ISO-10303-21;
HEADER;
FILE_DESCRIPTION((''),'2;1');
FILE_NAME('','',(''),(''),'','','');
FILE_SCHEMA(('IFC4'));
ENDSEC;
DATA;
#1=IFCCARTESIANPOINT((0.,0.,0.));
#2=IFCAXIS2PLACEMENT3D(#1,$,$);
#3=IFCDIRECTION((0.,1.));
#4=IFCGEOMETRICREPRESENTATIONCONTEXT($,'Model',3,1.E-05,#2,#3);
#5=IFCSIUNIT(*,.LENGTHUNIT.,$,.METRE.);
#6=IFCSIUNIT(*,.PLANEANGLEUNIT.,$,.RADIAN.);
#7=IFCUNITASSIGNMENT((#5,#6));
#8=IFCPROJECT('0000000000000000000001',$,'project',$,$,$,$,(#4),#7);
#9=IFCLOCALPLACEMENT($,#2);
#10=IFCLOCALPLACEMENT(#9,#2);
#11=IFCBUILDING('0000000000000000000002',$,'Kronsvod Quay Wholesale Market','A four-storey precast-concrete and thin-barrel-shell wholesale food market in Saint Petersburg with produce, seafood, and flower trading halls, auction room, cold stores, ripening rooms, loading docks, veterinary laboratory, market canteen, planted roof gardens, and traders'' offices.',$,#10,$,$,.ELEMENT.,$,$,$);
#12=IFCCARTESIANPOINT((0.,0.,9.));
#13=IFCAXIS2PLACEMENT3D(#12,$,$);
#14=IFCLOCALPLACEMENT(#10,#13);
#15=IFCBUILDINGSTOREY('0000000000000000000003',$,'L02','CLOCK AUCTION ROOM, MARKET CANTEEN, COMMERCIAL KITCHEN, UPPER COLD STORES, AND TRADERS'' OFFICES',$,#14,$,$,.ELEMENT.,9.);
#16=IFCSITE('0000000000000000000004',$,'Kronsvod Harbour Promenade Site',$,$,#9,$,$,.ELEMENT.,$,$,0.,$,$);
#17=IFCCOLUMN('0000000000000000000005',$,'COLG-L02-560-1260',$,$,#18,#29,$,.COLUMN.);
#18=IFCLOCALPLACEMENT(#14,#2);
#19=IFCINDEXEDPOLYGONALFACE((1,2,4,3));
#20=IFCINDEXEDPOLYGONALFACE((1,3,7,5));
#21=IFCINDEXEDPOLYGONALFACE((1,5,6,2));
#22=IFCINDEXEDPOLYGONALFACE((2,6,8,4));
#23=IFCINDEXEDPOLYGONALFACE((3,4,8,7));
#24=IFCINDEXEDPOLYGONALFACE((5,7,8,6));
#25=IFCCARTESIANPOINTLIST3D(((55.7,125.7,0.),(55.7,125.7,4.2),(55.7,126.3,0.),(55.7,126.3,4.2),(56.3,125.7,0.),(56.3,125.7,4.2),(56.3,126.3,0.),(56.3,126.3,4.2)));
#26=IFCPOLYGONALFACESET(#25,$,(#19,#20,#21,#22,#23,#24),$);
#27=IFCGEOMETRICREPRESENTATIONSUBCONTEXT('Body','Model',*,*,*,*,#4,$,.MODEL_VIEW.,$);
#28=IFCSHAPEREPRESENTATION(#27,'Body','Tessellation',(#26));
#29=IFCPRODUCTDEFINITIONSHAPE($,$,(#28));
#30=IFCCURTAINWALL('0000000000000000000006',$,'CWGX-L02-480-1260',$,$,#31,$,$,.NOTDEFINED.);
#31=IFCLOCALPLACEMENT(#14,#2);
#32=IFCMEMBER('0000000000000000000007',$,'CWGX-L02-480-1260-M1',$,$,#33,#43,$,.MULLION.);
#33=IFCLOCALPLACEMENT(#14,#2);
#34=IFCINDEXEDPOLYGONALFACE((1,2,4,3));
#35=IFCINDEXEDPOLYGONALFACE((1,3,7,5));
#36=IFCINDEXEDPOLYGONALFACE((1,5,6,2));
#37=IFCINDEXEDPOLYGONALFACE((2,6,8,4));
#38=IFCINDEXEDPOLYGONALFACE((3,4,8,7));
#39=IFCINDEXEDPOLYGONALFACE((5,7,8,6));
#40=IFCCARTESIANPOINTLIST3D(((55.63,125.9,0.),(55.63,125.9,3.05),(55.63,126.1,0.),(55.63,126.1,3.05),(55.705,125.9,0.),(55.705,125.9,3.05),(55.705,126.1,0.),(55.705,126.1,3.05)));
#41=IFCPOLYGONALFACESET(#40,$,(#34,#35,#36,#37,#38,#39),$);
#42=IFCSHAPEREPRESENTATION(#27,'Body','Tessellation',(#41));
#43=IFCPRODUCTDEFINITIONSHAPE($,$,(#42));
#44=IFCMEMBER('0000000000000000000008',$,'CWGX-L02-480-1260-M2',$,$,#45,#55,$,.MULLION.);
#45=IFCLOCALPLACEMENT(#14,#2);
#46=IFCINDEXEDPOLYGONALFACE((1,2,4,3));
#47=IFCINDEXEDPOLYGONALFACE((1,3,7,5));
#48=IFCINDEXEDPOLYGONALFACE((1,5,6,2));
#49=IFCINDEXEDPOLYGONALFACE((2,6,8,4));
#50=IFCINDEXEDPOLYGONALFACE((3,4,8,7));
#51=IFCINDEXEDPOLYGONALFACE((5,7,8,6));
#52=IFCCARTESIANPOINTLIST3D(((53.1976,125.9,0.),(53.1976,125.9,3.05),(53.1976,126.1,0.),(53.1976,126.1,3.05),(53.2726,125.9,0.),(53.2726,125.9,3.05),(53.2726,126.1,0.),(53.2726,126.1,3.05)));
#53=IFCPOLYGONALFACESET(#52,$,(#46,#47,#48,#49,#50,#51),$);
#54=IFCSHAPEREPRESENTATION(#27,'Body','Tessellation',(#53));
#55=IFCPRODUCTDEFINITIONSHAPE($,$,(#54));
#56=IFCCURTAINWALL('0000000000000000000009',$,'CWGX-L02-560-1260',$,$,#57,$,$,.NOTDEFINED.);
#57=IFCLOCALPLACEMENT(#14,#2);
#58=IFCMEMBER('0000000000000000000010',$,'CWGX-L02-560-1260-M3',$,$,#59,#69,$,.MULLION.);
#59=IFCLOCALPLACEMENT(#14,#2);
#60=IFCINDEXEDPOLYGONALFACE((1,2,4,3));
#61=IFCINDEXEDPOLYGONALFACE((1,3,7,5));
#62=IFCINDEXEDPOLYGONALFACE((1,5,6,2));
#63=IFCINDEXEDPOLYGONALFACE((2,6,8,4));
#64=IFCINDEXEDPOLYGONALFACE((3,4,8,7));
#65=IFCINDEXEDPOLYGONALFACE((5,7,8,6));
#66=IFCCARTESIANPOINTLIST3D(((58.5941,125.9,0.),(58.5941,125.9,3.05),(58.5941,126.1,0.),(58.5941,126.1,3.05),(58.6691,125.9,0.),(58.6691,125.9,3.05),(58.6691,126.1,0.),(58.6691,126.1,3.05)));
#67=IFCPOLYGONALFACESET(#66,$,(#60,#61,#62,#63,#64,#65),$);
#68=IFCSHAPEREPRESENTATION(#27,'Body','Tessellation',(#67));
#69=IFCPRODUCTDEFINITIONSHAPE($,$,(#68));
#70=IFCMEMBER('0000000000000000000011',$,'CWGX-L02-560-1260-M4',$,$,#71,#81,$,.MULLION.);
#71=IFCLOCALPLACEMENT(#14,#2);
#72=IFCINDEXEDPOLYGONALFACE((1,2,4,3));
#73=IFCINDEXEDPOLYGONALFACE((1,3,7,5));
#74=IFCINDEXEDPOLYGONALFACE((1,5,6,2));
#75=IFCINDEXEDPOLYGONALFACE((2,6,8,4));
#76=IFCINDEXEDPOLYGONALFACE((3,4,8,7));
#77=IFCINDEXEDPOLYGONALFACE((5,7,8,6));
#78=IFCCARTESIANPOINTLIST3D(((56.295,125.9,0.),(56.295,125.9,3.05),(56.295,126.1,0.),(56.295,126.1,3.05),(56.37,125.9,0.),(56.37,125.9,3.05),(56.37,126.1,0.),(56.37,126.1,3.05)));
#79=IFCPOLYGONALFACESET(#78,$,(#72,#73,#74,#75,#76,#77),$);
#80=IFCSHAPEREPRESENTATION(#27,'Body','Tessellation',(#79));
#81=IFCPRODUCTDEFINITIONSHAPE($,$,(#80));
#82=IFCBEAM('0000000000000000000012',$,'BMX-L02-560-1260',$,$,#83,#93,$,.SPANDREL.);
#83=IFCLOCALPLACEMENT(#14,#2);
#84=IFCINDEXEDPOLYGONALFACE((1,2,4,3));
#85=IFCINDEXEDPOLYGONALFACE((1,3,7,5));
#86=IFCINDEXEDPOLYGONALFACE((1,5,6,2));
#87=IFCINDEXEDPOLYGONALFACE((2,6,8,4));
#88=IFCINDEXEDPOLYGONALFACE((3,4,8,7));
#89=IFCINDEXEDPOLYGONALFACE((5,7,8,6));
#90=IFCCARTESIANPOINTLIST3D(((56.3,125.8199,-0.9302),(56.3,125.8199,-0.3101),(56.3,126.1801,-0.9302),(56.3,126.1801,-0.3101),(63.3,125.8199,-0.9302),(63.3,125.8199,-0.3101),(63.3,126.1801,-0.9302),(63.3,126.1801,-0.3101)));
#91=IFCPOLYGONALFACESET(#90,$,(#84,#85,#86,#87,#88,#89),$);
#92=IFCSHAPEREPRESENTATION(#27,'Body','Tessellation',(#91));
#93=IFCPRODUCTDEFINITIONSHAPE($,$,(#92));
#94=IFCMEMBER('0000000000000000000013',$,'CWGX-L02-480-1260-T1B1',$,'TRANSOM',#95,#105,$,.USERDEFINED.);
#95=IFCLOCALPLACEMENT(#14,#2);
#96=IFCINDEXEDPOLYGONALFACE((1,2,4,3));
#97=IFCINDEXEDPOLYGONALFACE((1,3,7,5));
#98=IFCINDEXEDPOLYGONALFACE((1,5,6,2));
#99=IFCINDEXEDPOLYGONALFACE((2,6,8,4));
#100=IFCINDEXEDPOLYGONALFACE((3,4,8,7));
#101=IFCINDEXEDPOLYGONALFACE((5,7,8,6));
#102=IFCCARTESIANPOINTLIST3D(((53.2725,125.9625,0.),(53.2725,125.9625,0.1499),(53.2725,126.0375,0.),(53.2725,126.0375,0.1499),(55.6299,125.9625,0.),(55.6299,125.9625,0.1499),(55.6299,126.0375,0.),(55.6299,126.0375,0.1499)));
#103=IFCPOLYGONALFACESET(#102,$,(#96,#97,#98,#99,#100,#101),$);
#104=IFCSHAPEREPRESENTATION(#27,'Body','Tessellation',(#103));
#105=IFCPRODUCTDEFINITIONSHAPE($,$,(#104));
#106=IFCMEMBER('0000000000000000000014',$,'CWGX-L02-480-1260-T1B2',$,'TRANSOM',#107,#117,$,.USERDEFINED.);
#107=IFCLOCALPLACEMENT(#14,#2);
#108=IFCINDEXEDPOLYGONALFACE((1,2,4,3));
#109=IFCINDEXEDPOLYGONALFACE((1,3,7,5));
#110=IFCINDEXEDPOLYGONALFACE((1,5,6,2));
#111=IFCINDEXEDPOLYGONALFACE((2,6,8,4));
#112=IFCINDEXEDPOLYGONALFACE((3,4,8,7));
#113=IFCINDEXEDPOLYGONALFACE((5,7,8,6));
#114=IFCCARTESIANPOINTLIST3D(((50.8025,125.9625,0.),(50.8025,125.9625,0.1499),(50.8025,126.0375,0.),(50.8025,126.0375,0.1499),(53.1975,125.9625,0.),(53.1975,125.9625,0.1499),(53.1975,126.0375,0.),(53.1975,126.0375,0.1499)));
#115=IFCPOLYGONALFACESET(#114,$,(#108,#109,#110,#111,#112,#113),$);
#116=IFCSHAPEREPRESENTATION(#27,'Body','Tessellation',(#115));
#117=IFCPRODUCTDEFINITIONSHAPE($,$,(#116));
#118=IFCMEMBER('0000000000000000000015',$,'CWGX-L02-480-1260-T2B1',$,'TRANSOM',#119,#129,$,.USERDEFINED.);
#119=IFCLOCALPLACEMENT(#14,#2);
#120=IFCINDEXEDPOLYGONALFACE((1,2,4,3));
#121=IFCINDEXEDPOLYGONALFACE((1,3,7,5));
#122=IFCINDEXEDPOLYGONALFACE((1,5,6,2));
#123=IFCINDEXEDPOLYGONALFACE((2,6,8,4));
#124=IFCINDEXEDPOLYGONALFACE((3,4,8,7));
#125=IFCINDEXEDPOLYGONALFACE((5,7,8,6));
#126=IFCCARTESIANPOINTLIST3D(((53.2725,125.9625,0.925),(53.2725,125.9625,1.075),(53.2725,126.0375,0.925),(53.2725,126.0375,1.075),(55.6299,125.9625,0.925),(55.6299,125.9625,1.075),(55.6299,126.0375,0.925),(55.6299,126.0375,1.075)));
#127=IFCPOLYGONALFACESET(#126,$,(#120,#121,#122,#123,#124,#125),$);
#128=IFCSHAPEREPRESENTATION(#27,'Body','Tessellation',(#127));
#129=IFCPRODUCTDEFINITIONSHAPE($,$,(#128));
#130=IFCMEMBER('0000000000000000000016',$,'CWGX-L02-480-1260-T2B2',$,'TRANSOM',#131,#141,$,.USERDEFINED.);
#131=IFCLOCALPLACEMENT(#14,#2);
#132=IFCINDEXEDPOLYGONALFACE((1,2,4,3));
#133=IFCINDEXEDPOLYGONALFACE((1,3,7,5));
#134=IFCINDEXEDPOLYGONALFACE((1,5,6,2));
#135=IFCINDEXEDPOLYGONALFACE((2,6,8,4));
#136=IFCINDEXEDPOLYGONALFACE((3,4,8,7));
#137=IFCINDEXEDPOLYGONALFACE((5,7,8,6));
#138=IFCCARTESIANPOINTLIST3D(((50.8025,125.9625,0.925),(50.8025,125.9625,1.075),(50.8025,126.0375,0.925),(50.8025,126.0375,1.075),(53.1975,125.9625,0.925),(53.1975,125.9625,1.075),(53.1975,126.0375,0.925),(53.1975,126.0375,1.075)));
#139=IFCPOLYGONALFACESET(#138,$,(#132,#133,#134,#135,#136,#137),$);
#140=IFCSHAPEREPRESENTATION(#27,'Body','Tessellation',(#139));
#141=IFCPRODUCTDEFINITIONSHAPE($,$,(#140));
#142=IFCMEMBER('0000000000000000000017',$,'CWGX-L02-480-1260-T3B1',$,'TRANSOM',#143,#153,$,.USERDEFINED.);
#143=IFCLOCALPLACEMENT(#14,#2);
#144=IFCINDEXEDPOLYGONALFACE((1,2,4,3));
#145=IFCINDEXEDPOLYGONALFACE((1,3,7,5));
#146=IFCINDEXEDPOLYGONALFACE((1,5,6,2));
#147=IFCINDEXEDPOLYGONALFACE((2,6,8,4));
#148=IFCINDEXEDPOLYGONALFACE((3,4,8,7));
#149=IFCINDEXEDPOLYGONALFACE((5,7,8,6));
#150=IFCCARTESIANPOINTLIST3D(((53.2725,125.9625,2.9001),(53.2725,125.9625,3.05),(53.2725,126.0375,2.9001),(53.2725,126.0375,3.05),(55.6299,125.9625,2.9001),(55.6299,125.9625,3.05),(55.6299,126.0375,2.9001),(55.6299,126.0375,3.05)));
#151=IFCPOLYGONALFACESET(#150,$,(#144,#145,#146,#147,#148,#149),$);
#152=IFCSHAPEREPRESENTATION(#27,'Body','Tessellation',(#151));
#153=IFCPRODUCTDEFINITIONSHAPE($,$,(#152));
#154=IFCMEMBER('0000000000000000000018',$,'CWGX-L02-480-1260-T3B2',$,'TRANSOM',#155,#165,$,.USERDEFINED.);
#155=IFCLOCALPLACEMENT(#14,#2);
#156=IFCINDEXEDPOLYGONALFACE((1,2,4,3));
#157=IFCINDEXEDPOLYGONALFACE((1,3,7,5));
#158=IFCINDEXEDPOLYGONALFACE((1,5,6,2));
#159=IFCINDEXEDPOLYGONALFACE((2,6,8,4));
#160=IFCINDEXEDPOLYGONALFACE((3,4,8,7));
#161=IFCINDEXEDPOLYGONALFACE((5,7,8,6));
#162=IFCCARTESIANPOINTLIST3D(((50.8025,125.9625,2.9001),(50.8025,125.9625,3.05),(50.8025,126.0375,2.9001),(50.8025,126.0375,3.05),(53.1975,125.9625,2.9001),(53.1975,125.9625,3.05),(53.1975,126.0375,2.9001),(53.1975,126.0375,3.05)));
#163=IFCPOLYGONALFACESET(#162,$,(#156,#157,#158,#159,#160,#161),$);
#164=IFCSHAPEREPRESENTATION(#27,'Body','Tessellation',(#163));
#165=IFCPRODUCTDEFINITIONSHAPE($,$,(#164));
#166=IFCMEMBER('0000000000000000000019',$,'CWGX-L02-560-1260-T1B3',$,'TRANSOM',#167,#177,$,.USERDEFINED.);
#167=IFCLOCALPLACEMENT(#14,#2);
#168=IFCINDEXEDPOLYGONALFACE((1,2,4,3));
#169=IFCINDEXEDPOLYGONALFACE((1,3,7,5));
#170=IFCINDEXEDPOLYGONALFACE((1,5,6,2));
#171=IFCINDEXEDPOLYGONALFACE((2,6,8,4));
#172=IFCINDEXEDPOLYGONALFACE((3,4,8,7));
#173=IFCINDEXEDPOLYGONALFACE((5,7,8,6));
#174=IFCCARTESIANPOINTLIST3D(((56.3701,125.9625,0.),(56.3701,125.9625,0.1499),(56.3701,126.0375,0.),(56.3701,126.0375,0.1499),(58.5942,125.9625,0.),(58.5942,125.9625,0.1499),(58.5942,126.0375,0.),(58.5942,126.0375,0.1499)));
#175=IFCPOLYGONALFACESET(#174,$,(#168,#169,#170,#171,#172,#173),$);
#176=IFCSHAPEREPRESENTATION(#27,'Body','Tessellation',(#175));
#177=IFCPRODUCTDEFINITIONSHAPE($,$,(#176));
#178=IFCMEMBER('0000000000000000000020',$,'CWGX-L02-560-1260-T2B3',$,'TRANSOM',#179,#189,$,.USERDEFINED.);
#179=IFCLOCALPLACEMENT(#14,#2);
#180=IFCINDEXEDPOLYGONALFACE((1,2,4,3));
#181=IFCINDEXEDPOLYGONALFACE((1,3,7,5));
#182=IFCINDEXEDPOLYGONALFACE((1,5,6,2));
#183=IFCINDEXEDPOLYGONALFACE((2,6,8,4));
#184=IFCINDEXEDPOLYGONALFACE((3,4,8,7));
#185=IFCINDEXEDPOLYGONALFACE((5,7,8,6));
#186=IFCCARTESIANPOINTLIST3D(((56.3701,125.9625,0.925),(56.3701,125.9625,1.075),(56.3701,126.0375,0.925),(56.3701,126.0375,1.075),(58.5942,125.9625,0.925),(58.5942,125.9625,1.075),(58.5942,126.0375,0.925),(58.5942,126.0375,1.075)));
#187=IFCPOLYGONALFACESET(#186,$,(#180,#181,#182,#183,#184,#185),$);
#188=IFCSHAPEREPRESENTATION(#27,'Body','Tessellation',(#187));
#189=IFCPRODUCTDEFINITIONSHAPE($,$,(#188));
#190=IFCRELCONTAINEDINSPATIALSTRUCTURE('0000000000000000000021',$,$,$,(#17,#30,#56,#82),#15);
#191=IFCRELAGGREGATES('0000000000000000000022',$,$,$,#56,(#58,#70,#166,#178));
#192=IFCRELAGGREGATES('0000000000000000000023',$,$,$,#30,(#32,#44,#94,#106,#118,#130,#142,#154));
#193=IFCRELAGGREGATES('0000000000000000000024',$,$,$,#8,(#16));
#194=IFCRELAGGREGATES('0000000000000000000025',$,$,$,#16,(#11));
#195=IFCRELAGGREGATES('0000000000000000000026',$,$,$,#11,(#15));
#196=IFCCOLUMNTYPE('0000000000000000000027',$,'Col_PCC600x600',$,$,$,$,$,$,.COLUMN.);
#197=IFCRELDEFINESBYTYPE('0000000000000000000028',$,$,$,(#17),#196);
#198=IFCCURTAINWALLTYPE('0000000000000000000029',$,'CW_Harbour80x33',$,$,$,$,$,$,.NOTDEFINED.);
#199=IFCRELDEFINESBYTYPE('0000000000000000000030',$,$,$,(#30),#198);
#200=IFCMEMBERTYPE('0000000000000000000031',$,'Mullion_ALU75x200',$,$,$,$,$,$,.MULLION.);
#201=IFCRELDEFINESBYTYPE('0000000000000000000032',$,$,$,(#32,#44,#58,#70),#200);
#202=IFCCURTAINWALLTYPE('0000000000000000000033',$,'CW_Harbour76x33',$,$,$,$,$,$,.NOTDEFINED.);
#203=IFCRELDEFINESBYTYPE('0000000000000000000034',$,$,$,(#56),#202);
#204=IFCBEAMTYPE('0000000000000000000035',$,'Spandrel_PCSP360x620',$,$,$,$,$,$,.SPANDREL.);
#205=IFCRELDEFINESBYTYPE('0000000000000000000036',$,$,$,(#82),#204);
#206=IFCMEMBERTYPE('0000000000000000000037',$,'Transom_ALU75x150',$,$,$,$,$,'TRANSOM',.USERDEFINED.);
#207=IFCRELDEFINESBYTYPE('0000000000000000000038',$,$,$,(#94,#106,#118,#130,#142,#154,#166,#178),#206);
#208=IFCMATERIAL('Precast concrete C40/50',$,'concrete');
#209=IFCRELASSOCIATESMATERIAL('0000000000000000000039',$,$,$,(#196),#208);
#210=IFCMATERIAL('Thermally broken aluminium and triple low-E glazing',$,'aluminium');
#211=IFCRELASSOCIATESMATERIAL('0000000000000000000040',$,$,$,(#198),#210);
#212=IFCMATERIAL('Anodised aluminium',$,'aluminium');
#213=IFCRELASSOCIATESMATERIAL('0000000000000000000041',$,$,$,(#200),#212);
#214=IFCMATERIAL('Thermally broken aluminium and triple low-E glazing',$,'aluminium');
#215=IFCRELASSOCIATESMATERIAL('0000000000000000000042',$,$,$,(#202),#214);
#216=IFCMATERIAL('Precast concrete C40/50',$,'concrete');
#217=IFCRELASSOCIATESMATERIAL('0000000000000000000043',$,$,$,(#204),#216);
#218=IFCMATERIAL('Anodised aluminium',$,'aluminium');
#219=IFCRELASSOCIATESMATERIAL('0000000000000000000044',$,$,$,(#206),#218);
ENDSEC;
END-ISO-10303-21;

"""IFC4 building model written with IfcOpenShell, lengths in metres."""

from ifc_helpers import new_model, si_unit, direction, frame, origin, origin_2d, place, context, subcontext, project, spatial, rectangle, extrude, material, material_profile, profile_set, type_object, element, aggregate, save


model = new_model("IFC4")

# Units and contexts
model_context = context("Model", 3, precision=1e-05, world=origin(), true_north=direction((0.0, 1.0)))
body_context = subcontext(model_context, "Body", "Model", "MODEL_VIEW")
ifc_project = project(units=[si_unit("LENGTHUNIT", "METRE"), si_unit("PLANEANGLEUNIT", "RADIAN")], contexts=[model_context])

# Site, building, storey
site_placement = place(None, origin())
site = spatial("IfcSite", under=ifc_project, at=site_placement, Name="Kronsvod Harbour Promenade Site", CompositionType="ELEMENT", RefElevation=0.0)
building_placement = place(site_placement, origin())
building = spatial("IfcBuilding", under=site, at=building_placement, Name="Kronsvod Quay Wholesale Market", Description="A four-storey precast-concrete and thin-barrel-shell wholesale food market in Saint Petersburg with produce, seafood, and flower trading halls, auction room, cold stores, ripening rooms, loading docks, veterinary laboratory, market canteen, planted roof gardens, and traders' offices.", CompositionType="ELEMENT")
storey_placement = place(building_placement, frame((0.0, 0.0, 9.0)))
storey = spatial("IfcBuildingStorey", under=building, at=storey_placement, Name="L02", Description="CLOCK AUCTION ROOM, MARKET CANTEEN, COMMERCIAL KITCHEN, UPPER COLD STORES, AND TRADERS' OFFICES", CompositionType="ELEMENT", Elevation=9.0)

# Column
ifc_material_1 = material(Name="Precast concrete C40/50", Category="concrete")
ifc_material_profile_1 = material_profile(ifc_material_1, rectangle(XDim=0.6001, YDim=0.6001, at=origin_2d()), Name="PCC600x600")
ifc_profile_set_1 = profile_set([ifc_material_profile_1], Name="Precast concrete C40/50")
column_type = type_object("IfcColumnType", Name="Col_PCC600x600", PredefinedType="COLUMN", material=ifc_profile_set_1)
column_placement = place(storey_placement, frame((56.0, 126.0, 0.0), z_axis=(0.0, 0.0, 1.0), x_axis=(1.0, 0.0, 0.0)))
element("IfcColumn", 1, at=column_placement, inside=storey, type_object=column_type, Name="COLG-L02-560-1260", PredefinedType="COLUMN", context=body_context, shape_type="SweptSolid", body=[
    extrude(rectangle(XDim=0.6001, YDim=0.6001, at=origin_2d()), origin(), (0.0, 0.0, 1.0), 4.2),
])

# Curtain walls, members
ifc_material_2 = material(Name="Thermally broken aluminium and triple low-E glazing", Category="aluminium")
curtain_wall_type_1 = type_object("IfcCurtainWallType", Name="CW_Harbour80x33", PredefinedType="NOTDEFINED", material=ifc_material_2)
curtain_wall_1_placement = place(storey_placement, origin())
curtain_wall_1 = element("IfcCurtainWall", 2, at=curtain_wall_1_placement, inside=storey, type_object=curtain_wall_type_1, Name="CWGX-L02-480-1260", PredefinedType="NOTDEFINED")
ifc_material_3 = material(Name="Anodised aluminium", Category="aluminium")
ifc_material_profile_2 = material_profile(ifc_material_3, rectangle(XDim=0.075, YDim=0.2, at=origin_2d()), Name="ALUM75x200")
ifc_profile_set_2 = profile_set([ifc_material_profile_2], Name="Anodised aluminium")
member_type_1 = type_object("IfcMemberType", Name="Mullion_ALU75x200", PredefinedType="MULLION", material=ifc_profile_set_2)
member_1_placement = place(storey_placement, frame((55.6675, 126.0, 0.0), z_axis=(0.0, 0.0, 1.0), x_axis=(1.0, 0.0, 0.0)))
member_1 = element("IfcMember", 3, at=member_1_placement, type_object=member_type_1, Name="CWGX-L02-480-1260-M1", PredefinedType="MULLION", context=body_context, shape_type="SweptSolid", body=[
    extrude(rectangle(XDim=0.075, YDim=0.2, at=origin_2d()), origin(), (0.0, 0.0, 1.0), 3.05),
])
member_2_placement = place(storey_placement, frame((53.2351, 126.0, 0.0), z_axis=(0.0, 0.0, 1.0), x_axis=(1.0, 0.0, 0.0)))
member_2 = element("IfcMember", 4, at=member_2_placement, type_object=member_type_1, Name="CWGX-L02-480-1260-M2", PredefinedType="MULLION", context=body_context, shape_type="SweptSolid", body=[
    extrude(rectangle(XDim=0.075, YDim=0.2, at=origin_2d()), origin(), (0.0, 0.0, 1.0), 3.05),
])
ifc_material_4 = material(Name="Thermally broken aluminium and triple low-E glazing", Category="aluminium")
curtain_wall_type_2 = type_object("IfcCurtainWallType", Name="CW_Harbour76x33", PredefinedType="NOTDEFINED", material=ifc_material_4)
curtain_wall_2_placement = place(storey_placement, origin())
curtain_wall_2 = element("IfcCurtainWall", 5, at=curtain_wall_2_placement, inside=storey, type_object=curtain_wall_type_2, Name="CWGX-L02-560-1260", PredefinedType="NOTDEFINED")
member_3_placement = place(storey_placement, frame((58.6316, 126.0, 0.0), z_axis=(0.0, 0.0, 1.0), x_axis=(1.0, 0.0, 0.0)))
member_3 = element("IfcMember", 6, at=member_3_placement, type_object=member_type_1, Name="CWGX-L02-560-1260-M3", PredefinedType="MULLION", context=body_context, shape_type="SweptSolid", body=[
    extrude(rectangle(XDim=0.075, YDim=0.2, at=origin_2d()), origin(), (0.0, 0.0, 1.0), 3.05),
])
member_4_placement = place(storey_placement, frame((56.3325, 126.0, 0.0), z_axis=(0.0, 0.0, 1.0), x_axis=(1.0, 0.0, 0.0)))
member_4 = element("IfcMember", 7, at=member_4_placement, type_object=member_type_1, Name="CWGX-L02-560-1260-M4", PredefinedType="MULLION", context=body_context, shape_type="SweptSolid", body=[
    extrude(rectangle(XDim=0.075, YDim=0.2, at=origin_2d()), origin(), (0.0, 0.0, 1.0), 3.05),
])

# Beam
ifc_material_5 = material(Name="Precast concrete C40/50", Category="concrete")
ifc_material_profile_3 = material_profile(ifc_material_5, rectangle(XDim=0.3601, YDim=0.6201, at=origin_2d()), Name="SPB-02")
ifc_profile_set_3 = profile_set([ifc_material_profile_3], Name="Precast concrete C40/50")
beam_type = type_object("IfcBeamType", Name="Spandrel_PCSP360x620", PredefinedType="SPANDREL", material=ifc_profile_set_3)
beam_placement = place(storey_placement, frame((56.3, 126.0, -0.6201), z_axis=(1.0, 0.0, 0.0), x_axis=(0.0, 1.0, 0.0)))
element("IfcBeam", 8, at=beam_placement, inside=storey, type_object=beam_type, Name="BMX-L02-560-1260", PredefinedType="SPANDREL", context=body_context, shape_type="SweptSolid", body=[
    extrude(rectangle(XDim=0.3601, YDim=0.6201, at=origin_2d()), origin(), (0.0, 0.0, 1.0), 7.0),
])

# Members
ifc_material_6 = material(Name="Anodised aluminium", Category="aluminium")
ifc_material_profile_4 = material_profile(ifc_material_6, rectangle(XDim=0.075, YDim=0.1499, at=origin_2d()), Name="ALUT75x150")
ifc_profile_set_4 = profile_set([ifc_material_profile_4], Name="Anodised aluminium")
member_type_2 = type_object("IfcMemberType", Name="Transom_ALU75x150", ElementType="TRANSOM", PredefinedType="USERDEFINED", material=ifc_profile_set_4)
member_5_placement = place(storey_placement, frame((55.6299, 126.0, 0.075), z_axis=(-1.0, 0.0, 0.0), x_axis=(0.0, -1.0, 0.0)))
member_5 = element("IfcMember", 9, at=member_5_placement, type_object=member_type_2, Name="CWGX-L02-480-1260-T1B1", ObjectType="TRANSOM", PredefinedType="USERDEFINED", context=body_context, shape_type="SweptSolid", body=[
    extrude(rectangle(XDim=0.075, YDim=0.1499, at=origin_2d()), origin(), (0.0, 0.0, 1.0), 2.3574),
])
member_6_placement = place(storey_placement, frame((53.1975, 126.0, 0.075), z_axis=(-1.0, 0.0, 0.0), x_axis=(0.0, -1.0, 0.0)))
member_6 = element("IfcMember", 10, at=member_6_placement, type_object=member_type_2, Name="CWGX-L02-480-1260-T1B2", ObjectType="TRANSOM", PredefinedType="USERDEFINED", context=body_context, shape_type="SweptSolid", body=[
    extrude(rectangle(XDim=0.075, YDim=0.1499, at=origin_2d()), origin(), (0.0, 0.0, 1.0), 2.395),
])
member_7_placement = place(storey_placement, frame((55.6299, 126.0, 1.0), z_axis=(-1.0, 0.0, 0.0), x_axis=(0.0, -1.0, 0.0)))
member_7 = element("IfcMember", 11, at=member_7_placement, type_object=member_type_2, Name="CWGX-L02-480-1260-T2B1", ObjectType="TRANSOM", PredefinedType="USERDEFINED", context=body_context, shape_type="SweptSolid", body=[
    extrude(rectangle(XDim=0.075, YDim=0.1499, at=origin_2d()), origin(), (0.0, 0.0, 1.0), 2.3574),
])
member_8_placement = place(storey_placement, frame((53.1975, 126.0, 1.0), z_axis=(-1.0, 0.0, 0.0), x_axis=(0.0, -1.0, 0.0)))
member_8 = element("IfcMember", 12, at=member_8_placement, type_object=member_type_2, Name="CWGX-L02-480-1260-T2B2", ObjectType="TRANSOM", PredefinedType="USERDEFINED", context=body_context, shape_type="SweptSolid", body=[
    extrude(rectangle(XDim=0.075, YDim=0.1499, at=origin_2d()), origin(), (0.0, 0.0, 1.0), 2.395),
])
member_9_placement = place(storey_placement, frame((55.6299, 126.0, 2.9751), z_axis=(-1.0, 0.0, 0.0), x_axis=(0.0, -1.0, 0.0)))
member_9 = element("IfcMember", 13, at=member_9_placement, type_object=member_type_2, Name="CWGX-L02-480-1260-T3B1", ObjectType="TRANSOM", PredefinedType="USERDEFINED", context=body_context, shape_type="SweptSolid", body=[
    extrude(rectangle(XDim=0.075, YDim=0.1499, at=origin_2d()), origin(), (0.0, 0.0, 1.0), 2.3574),
])
member_10_placement = place(storey_placement, frame((53.1975, 126.0, 2.9751), z_axis=(-1.0, 0.0, 0.0), x_axis=(0.0, -1.0, 0.0)))
member_10 = element("IfcMember", 14, at=member_10_placement, type_object=member_type_2, Name="CWGX-L02-480-1260-T3B2", ObjectType="TRANSOM", PredefinedType="USERDEFINED", context=body_context, shape_type="SweptSolid", body=[
    extrude(rectangle(XDim=0.075, YDim=0.1499, at=origin_2d()), origin(), (0.0, 0.0, 1.0), 2.395),
])
member_11_placement = place(storey_placement, frame((58.5942, 126.0, 0.075), z_axis=(-1.0, 0.0, 0.0), x_axis=(0.0, -1.0, 0.0)))
member_11 = element("IfcMember", 15, at=member_11_placement, type_object=member_type_2, Name="CWGX-L02-560-1260-T1B3", ObjectType="TRANSOM", PredefinedType="USERDEFINED", context=body_context, shape_type="SweptSolid", body=[
    extrude(rectangle(XDim=0.075, YDim=0.1499, at=origin_2d()), origin(), (0.0, 0.0, 1.0), 2.2241),
])
member_12_placement = place(storey_placement, frame((58.5942, 126.0, 1.0), z_axis=(-1.0, 0.0, 0.0), x_axis=(0.0, -1.0, 0.0)))
member_12 = element("IfcMember", 16, at=member_12_placement, type_object=member_type_2, Name="CWGX-L02-560-1260-T2B3", ObjectType="TRANSOM", PredefinedType="USERDEFINED", context=body_context, shape_type="SweptSolid", body=[
    extrude(rectangle(XDim=0.075, YDim=0.1499, at=origin_2d()), origin(), (0.0, 0.0, 1.0), 2.2241),
])

aggregate(curtain_wall_2, [member_3, member_4, member_11, member_12])
aggregate(curtain_wall_1, [member_1, member_2, member_5, member_6, member_7, member_8, member_9, member_10])

save(model, "model.ifc")
